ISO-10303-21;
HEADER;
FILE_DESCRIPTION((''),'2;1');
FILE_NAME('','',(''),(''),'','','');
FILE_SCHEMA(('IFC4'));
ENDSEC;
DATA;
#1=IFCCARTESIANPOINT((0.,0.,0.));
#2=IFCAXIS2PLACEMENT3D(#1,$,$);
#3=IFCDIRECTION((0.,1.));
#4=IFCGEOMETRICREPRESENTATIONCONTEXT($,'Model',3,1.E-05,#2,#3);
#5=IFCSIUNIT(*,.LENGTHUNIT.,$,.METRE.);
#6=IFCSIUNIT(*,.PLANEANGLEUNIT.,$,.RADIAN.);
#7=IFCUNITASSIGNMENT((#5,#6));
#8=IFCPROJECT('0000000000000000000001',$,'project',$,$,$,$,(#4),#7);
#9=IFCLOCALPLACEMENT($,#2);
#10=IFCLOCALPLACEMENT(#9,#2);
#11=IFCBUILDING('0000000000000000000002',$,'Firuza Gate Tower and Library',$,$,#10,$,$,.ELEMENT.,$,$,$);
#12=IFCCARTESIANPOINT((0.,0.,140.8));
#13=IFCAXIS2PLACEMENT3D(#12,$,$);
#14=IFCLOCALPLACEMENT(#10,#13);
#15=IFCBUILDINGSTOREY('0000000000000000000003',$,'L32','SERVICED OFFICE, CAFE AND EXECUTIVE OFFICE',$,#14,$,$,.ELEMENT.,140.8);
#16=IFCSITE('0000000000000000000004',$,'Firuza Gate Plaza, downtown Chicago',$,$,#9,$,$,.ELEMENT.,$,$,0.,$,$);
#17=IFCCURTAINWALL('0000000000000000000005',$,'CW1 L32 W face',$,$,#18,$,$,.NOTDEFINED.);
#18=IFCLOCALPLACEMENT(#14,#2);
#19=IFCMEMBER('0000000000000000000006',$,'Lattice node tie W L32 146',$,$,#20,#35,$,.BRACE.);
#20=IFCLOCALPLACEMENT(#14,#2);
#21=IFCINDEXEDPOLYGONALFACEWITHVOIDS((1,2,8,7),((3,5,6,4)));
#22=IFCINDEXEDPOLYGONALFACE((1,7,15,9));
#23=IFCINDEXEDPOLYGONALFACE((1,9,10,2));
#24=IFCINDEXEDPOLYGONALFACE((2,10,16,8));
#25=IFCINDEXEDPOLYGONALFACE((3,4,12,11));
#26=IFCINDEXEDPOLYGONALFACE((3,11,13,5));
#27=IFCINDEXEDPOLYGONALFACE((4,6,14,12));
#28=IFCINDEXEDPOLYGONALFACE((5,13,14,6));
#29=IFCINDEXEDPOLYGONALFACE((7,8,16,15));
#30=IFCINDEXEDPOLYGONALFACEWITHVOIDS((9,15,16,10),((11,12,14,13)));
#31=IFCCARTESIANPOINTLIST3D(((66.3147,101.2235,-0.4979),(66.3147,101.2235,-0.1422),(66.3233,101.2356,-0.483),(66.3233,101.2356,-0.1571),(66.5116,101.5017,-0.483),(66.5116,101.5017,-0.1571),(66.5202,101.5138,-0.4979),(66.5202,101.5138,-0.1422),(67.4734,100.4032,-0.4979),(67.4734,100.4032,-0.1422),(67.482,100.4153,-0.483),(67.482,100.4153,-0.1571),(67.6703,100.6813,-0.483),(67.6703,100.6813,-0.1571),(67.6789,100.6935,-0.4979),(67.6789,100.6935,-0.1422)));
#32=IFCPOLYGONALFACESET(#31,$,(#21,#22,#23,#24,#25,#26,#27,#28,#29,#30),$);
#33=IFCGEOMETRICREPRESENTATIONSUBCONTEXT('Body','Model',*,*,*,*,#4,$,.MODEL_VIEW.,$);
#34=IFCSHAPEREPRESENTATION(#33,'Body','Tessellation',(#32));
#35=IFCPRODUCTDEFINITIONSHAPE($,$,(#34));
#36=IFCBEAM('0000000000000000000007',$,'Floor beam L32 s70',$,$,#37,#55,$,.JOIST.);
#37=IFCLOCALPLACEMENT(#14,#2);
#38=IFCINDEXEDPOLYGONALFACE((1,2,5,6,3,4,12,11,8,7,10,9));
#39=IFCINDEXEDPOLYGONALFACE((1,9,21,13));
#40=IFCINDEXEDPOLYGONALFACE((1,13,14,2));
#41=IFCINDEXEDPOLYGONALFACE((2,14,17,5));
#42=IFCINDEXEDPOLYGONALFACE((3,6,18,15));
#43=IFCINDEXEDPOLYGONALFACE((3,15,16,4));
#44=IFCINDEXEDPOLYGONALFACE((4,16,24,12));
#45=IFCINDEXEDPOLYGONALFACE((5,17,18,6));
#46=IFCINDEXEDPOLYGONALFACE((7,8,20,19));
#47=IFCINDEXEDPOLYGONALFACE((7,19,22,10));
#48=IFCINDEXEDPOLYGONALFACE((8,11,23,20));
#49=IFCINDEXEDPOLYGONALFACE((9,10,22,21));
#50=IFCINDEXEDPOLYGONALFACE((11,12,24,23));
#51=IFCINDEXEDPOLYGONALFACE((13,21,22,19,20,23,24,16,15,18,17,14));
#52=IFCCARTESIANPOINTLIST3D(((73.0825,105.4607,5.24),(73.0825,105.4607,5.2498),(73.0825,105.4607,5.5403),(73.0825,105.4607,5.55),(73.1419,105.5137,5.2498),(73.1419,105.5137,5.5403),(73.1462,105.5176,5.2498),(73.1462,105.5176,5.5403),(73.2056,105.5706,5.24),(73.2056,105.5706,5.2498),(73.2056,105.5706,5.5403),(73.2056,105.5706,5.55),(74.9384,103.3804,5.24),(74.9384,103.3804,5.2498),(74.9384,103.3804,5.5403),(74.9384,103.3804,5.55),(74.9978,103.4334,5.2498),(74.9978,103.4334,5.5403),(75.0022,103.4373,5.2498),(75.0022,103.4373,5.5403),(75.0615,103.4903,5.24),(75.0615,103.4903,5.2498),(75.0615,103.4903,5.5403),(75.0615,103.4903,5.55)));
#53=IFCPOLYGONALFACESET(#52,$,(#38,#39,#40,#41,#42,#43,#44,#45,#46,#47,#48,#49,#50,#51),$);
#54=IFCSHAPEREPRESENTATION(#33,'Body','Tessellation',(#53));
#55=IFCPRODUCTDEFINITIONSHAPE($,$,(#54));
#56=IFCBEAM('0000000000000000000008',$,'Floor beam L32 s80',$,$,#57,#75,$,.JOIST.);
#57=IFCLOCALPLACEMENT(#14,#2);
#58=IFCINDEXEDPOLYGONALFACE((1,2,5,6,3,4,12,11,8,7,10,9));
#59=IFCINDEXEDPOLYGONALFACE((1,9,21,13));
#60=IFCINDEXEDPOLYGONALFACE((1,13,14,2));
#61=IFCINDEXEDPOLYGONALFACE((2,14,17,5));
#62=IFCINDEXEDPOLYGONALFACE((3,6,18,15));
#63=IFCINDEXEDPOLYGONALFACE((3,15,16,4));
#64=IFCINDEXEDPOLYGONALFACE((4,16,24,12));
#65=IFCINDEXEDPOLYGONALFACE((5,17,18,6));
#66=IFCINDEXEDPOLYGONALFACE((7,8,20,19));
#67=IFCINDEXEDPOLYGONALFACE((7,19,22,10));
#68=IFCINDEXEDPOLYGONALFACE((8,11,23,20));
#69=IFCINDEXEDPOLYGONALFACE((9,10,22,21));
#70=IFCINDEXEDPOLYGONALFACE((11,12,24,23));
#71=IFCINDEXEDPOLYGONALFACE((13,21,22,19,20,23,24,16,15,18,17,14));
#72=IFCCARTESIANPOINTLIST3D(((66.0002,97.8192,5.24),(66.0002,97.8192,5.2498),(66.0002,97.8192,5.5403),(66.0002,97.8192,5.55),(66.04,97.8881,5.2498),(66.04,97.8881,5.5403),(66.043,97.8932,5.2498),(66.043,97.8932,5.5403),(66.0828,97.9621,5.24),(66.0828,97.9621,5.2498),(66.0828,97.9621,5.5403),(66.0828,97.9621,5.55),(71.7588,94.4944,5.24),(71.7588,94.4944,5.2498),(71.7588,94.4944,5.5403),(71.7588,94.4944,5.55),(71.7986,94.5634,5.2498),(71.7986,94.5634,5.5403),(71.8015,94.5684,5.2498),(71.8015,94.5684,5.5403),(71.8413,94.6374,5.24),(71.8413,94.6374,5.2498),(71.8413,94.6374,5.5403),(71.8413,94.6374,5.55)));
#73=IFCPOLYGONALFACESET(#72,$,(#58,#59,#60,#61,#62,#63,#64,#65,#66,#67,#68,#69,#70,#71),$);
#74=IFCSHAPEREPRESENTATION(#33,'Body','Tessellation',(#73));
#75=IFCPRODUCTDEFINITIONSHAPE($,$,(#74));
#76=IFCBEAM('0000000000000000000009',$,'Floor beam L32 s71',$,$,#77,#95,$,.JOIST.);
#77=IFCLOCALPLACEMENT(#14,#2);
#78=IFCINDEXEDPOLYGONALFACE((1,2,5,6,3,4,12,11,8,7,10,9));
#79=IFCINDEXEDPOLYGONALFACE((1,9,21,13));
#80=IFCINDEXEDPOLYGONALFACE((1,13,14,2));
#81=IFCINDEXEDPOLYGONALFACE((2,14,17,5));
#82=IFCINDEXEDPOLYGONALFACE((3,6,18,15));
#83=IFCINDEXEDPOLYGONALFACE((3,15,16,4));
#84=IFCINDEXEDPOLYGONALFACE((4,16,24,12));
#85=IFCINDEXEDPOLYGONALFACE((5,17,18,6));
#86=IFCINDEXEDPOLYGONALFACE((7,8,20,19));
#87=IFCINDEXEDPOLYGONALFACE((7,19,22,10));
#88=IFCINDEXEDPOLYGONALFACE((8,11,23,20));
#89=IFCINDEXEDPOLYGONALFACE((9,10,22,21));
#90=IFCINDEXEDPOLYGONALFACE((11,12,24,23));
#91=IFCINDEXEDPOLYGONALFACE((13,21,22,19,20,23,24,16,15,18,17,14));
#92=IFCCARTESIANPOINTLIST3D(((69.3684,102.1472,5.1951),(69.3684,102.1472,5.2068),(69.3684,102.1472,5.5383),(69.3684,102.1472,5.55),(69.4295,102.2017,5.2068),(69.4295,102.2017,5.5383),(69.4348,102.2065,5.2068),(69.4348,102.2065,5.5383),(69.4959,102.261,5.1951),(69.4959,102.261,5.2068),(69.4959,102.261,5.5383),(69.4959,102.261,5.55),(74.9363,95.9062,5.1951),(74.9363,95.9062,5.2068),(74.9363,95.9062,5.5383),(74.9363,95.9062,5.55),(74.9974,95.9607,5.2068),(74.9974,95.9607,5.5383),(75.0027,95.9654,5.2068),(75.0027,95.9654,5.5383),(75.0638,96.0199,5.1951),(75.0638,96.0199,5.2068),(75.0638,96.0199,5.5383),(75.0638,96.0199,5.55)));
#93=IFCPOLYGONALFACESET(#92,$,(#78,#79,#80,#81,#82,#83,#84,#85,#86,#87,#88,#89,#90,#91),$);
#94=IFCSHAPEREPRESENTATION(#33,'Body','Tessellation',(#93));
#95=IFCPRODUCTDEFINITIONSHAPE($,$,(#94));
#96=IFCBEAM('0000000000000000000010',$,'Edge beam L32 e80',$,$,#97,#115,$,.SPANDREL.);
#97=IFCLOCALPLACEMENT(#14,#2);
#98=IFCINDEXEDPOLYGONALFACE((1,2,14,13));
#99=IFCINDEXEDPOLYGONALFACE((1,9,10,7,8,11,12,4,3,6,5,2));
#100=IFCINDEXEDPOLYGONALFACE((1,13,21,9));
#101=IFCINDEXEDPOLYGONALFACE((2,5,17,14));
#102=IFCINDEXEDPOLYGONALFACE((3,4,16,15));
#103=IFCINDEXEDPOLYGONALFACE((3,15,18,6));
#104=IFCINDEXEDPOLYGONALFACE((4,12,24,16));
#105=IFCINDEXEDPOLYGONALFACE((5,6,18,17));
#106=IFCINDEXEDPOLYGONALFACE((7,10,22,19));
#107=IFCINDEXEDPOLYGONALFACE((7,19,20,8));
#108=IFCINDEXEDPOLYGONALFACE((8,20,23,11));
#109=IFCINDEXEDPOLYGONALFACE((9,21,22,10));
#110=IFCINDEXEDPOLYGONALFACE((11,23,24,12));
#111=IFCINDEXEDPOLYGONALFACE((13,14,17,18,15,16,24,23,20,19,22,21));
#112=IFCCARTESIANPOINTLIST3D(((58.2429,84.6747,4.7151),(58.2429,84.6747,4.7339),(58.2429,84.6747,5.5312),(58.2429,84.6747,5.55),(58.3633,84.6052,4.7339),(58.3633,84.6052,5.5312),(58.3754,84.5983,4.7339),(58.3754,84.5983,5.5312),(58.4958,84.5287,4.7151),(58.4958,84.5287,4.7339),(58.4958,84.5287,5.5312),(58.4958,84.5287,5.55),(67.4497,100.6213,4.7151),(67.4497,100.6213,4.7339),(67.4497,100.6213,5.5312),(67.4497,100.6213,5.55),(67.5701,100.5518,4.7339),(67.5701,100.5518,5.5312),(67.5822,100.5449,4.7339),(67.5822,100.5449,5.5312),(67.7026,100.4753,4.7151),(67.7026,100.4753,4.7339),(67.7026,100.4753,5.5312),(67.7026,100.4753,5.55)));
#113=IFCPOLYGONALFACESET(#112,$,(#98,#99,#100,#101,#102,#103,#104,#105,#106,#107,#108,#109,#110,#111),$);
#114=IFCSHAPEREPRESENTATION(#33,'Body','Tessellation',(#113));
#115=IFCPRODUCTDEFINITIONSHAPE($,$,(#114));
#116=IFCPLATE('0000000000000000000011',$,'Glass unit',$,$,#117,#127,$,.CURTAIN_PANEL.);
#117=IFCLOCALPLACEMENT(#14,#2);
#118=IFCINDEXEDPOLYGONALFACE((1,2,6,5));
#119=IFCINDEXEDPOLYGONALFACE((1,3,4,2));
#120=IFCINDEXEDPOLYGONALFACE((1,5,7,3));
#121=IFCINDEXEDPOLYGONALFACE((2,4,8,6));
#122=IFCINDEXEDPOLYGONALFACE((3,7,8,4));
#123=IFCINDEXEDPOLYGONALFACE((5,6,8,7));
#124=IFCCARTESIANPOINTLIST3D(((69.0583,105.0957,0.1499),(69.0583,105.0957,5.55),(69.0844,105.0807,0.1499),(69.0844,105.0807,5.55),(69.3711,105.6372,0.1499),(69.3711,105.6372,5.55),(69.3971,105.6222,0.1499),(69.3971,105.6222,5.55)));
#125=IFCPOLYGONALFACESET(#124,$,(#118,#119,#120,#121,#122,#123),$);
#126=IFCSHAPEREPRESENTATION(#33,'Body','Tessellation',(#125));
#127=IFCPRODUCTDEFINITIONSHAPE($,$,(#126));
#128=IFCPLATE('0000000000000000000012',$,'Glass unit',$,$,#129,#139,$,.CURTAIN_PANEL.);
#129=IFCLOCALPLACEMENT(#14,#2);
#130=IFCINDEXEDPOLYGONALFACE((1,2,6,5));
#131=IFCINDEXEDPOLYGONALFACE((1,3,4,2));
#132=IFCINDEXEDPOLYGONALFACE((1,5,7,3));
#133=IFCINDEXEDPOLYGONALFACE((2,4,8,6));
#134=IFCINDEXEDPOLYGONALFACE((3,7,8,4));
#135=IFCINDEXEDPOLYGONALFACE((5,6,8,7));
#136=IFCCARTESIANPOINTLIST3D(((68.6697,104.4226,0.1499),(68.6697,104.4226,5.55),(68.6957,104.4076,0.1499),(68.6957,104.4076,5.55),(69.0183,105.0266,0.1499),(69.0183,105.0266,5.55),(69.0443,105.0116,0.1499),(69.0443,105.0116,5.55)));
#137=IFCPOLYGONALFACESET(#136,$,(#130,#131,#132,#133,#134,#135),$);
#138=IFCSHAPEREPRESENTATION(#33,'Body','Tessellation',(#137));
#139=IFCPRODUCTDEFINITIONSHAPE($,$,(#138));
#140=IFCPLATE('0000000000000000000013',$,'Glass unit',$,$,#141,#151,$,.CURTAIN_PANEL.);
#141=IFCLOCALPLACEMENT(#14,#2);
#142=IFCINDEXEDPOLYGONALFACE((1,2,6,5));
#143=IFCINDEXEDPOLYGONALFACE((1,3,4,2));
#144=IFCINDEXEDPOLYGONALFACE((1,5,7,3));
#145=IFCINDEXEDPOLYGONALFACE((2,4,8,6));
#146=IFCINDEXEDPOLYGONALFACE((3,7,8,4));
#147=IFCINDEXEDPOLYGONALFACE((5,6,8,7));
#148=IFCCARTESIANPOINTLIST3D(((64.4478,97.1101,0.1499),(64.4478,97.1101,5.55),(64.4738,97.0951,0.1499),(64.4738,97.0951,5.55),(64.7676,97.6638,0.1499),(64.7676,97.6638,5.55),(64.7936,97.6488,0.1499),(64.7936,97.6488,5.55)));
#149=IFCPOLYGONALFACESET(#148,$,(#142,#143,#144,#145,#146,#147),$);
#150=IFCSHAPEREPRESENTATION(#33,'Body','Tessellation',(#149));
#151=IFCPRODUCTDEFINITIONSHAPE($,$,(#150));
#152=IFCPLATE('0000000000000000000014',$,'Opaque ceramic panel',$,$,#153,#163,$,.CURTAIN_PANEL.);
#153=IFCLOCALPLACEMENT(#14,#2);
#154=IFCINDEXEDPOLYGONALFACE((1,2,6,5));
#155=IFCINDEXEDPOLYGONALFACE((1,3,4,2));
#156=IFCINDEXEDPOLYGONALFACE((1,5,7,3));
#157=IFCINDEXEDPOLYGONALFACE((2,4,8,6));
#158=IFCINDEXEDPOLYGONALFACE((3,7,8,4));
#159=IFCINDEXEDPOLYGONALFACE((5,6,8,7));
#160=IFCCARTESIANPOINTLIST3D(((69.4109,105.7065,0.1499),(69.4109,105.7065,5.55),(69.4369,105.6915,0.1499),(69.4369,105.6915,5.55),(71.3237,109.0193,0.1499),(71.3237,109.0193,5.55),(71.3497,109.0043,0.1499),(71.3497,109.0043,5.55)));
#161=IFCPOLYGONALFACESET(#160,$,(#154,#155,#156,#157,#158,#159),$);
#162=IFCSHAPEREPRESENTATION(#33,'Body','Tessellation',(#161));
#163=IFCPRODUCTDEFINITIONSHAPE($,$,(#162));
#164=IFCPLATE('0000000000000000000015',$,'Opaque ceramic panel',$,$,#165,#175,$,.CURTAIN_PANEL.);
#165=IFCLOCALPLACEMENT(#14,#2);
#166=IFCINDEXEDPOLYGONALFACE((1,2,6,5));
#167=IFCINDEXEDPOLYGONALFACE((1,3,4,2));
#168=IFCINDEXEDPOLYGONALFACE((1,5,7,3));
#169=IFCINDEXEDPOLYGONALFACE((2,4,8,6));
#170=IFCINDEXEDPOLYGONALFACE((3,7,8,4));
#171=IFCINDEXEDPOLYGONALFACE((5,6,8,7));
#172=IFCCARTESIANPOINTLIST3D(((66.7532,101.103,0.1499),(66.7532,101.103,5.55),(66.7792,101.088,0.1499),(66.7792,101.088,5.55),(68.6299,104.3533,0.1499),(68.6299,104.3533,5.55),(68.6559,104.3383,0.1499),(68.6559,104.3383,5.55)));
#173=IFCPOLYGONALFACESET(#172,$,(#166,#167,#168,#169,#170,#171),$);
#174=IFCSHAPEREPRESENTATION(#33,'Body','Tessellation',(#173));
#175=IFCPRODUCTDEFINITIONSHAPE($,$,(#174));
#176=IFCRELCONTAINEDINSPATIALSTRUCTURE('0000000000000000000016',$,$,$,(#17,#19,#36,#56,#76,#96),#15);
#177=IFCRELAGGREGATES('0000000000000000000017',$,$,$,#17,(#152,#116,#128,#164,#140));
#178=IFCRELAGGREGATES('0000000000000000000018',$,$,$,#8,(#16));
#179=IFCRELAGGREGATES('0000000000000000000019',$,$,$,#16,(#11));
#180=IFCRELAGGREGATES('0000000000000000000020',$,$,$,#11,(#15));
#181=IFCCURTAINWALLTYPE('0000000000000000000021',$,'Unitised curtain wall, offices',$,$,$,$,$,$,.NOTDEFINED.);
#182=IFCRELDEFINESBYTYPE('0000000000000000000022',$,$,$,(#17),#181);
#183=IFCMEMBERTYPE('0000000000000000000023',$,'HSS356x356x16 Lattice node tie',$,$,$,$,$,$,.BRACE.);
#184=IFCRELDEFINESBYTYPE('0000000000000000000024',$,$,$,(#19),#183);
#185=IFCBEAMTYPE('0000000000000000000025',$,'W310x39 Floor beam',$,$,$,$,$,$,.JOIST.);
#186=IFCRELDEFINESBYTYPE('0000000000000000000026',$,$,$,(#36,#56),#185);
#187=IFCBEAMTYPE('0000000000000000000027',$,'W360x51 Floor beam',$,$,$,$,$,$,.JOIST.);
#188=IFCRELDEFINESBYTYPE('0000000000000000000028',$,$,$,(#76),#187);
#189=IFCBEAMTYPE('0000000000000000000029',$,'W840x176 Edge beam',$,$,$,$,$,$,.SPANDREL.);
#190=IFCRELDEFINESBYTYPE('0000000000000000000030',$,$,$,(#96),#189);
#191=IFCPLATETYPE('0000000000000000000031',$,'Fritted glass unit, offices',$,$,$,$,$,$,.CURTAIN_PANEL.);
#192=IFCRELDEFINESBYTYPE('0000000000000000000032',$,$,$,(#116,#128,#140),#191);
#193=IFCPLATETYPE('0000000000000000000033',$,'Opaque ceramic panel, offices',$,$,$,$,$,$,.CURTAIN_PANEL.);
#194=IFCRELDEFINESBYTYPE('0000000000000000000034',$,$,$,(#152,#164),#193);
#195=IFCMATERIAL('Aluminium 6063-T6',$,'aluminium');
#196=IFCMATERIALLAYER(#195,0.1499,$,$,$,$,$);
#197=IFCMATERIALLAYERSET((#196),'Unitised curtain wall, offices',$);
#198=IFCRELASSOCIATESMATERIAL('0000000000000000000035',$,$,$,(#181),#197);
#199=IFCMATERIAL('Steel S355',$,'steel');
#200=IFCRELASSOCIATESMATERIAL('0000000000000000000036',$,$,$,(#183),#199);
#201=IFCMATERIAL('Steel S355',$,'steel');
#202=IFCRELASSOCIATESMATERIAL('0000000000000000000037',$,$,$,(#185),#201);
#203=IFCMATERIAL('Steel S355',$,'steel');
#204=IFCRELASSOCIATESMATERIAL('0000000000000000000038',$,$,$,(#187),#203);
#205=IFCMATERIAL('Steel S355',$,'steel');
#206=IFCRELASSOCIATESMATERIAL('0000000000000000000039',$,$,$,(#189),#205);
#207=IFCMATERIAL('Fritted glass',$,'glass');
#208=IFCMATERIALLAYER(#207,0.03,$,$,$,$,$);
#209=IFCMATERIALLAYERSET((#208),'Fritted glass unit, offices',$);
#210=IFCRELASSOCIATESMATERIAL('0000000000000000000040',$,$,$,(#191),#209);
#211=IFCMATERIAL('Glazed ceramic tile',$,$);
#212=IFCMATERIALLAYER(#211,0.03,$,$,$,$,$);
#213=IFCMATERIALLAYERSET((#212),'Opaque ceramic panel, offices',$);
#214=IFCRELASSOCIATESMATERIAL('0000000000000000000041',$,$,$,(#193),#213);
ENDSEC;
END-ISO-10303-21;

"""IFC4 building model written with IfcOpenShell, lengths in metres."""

from ifc_helpers import new_model, si_unit, direction, frame, origin, origin_2d, place, context, subcontext, project, spatial, polyline, hollow_rectangle, i_section, outline, extrude, material, layer, layer_set, material_profile, profile_set, type_object, element, aggregate, save


model = new_model("IFC4")

# Units and contexts
model_context = context("Model", 3, precision=1e-05, world=origin(), true_north=direction((0.0, 1.0)))
body_context = subcontext(model_context, "Body", "Model", "MODEL_VIEW")
ifc_project = project(units=[si_unit("LENGTHUNIT", "METRE"), si_unit("PLANEANGLEUNIT", "RADIAN")], contexts=[model_context])

# Site, building, storey
site_placement = place(None, origin())
site = spatial("IfcSite", under=ifc_project, at=site_placement, Name="Firuza Gate Plaza, downtown Chicago", CompositionType="ELEMENT", RefElevation=0.0)
building_placement = place(site_placement, origin())
building = spatial("IfcBuilding", under=site, at=building_placement, Name="Firuza Gate Tower and Library", CompositionType="ELEMENT")
storey_placement = place(building_placement, frame((0.0, 0.0, 140.8)))
storey = spatial("IfcBuildingStorey", under=building, at=storey_placement, Name="L32", Description="SERVICED OFFICE, CAFE AND EXECUTIVE OFFICE", CompositionType="ELEMENT", Elevation=140.8)

# Curtain wall
ifc_material_1 = material(Name="Aluminium 6063-T6", Category="aluminium")
ifc_layer_1 = layer(ifc_material_1, 0.1499)
ifc_layer_set_1 = layer_set([ifc_layer_1], Name="Unitised curtain wall, offices")
curtain_wall_type = type_object("IfcCurtainWallType", Name="Unitised curtain wall, offices", PredefinedType="NOTDEFINED", material=ifc_layer_set_1)
curtain_wall_placement = place(storey_placement, origin())
curtain_wall = element("IfcCurtainWall", 1, at=curtain_wall_placement, inside=storey, type_object=curtain_wall_type, Name="CW1 L32 W face", PredefinedType="NOTDEFINED")

# Member
ifc_material_2 = material(Name="Steel S355", Category="steel")
ifc_material_profile_1 = material_profile(ifc_material_2, hollow_rectangle(XDim=0.3557, YDim=0.3557, WallThickness=0.0149, at=origin_2d()))
ifc_profile_set_1 = profile_set([ifc_material_profile_1], Name="Steel S355")
member_type_1 = type_object("IfcMemberType", Name="HSS356x356x16 Lattice node tie", PredefinedType="BRACE", material=ifc_profile_set_1)
member_1_placement = place(storey_placement, frame((67.5762, 100.5483, -0.3201), z_axis=(-0.816166, 0.577817, 0.0), x_axis=(-0.577817, -0.816166, 0.0)))
element("IfcMember", 2, at=member_1_placement, inside=storey, type_object=member_type_1, Name="Lattice node tie W L32 146", PredefinedType="BRACE", context=body_context, shape_type="SweptSolid", body=[
    extrude(hollow_rectangle(XDim=0.3557, YDim=0.3557, WallThickness=0.0149, at=origin_2d()), origin(), (0.0, 0.0, 1.0), 1.4197),
])

# Beams
ifc_material_3 = material(Name="Steel S355", Category="steel")
ifc_material_profile_2 = material_profile(ifc_material_3, i_section(OverallWidth=0.165, OverallDepth=0.3101, WebThickness=0.0059, FlangeThickness=0.0098, at=origin_2d()))
ifc_profile_set_2 = profile_set([ifc_material_profile_2], Name="Steel S355")
beam_type_1 = type_object("IfcBeamType", Name="W310x39 Floor beam", PredefinedType="JOIST", material=ifc_profile_set_2)
beam_1_placement = place(storey_placement, frame((73.144, 105.5156, 5.395), z_axis=(0.665722, -0.7462, 0.0), x_axis=(0.7462, 0.665722, 0.0)))
element("IfcBeam", 3, at=beam_1_placement, inside=storey, type_object=beam_type_1, Name="Floor beam L32 s70", PredefinedType="JOIST", context=body_context, shape_type="SweptSolid", body=[
    extrude(i_section(OverallWidth=0.165, OverallDepth=0.3101, WebThickness=0.0059, FlangeThickness=0.0098, at=origin_2d()), origin(), (0.0, 0.0, 1.0), 2.7878),
])
beam_2_placement = place(storey_placement, frame((66.0415, 97.8906, 5.395), z_axis=(0.866025, -0.500001, 0.0), x_axis=(0.500001, 0.866025, 0.0)))
element("IfcBeam", 4, at=beam_2_placement, inside=storey, type_object=beam_type_1, Name="Floor beam L32 s80", PredefinedType="JOIST", context=body_context, shape_type="SweptSolid", body=[
    extrude(i_section(OverallWidth=0.165, OverallDepth=0.3101, WebThickness=0.0059, FlangeThickness=0.0098, at=origin_2d()), origin(), (0.0, 0.0, 1.0), 6.6494),
])
ifc_material_4 = material(Name="Steel S355", Category="steel")
ifc_material_profile_3 = material_profile(ifc_material_4, i_section(OverallWidth=0.1709, OverallDepth=0.355, WebThickness=0.0071, FlangeThickness=0.0117, at=origin_2d()))
ifc_profile_set_3 = profile_set([ifc_material_profile_3], Name="Steel S355")
beam_type_2 = type_object("IfcBeamType", Name="W360x51 Floor beam", PredefinedType="JOIST", material=ifc_profile_set_3)
beam_3_placement = place(storey_placement, frame((69.4321, 102.2041, 5.3726), z_axis=(0.665722, -0.7462, 0.0), x_axis=(0.7462, 0.665722, 0.0)))
element("IfcBeam", 5, at=beam_3_placement, inside=storey, type_object=beam_type_2, Name="Floor beam L32 s71", PredefinedType="JOIST", context=body_context, shape_type="SweptSolid", body=[
    extrude(i_section(OverallWidth=0.1709, OverallDepth=0.355, WebThickness=0.0071, FlangeThickness=0.0117, at=origin_2d()), origin(), (0.0, 0.0, 1.0), 8.3638),
])
ifc_material_5 = material(Name="Steel S355", Category="steel")
ifc_material_profile_4 = material_profile(ifc_material_5, i_section(OverallWidth=0.292, OverallDepth=0.835, WebThickness=0.0139, FlangeThickness=0.0188, at=origin_2d()))
ifc_profile_set_4 = profile_set([ifc_material_profile_4], Name="Steel S355")
beam_type_3 = type_object("IfcBeamType", Name="W840x176 Edge beam", PredefinedType="SPANDREL", material=ifc_profile_set_4)
beam_4_placement = place(storey_placement, frame((67.5762, 100.5483, 5.1326), z_axis=(-0.500002, -0.866024, 0.0), x_axis=(0.866024, -0.500002, 0.0)))
element("IfcBeam", 6, at=beam_4_placement, inside=storey, type_object=beam_type_3, Name="Edge beam L32 e80", PredefinedType="SPANDREL", context=body_context, shape_type="SweptSolid", body=[
    extrude(i_section(OverallWidth=0.292, OverallDepth=0.835, WebThickness=0.0139, FlangeThickness=0.0188, at=origin_2d()), origin(), (0.0, 0.0, 1.0), 18.4136),
])

# Plates
ifc_material_6 = material(Name="Fritted glass", Category="glass")
ifc_layer_2 = layer(ifc_material_6, 0.03)
ifc_layer_set_2 = layer_set([ifc_layer_2], Name="Fritted glass unit, offices")
plate_type_1 = type_object("IfcPlateType", Name="Fritted glass unit, offices", PredefinedType="CURTAIN_PANEL", material=ifc_layer_set_2)
plate_1_placement = place(storey_placement, frame((69.3711, 105.6372, 0.1499), z_axis=(-0.865951, 0.500128, 0.0), x_axis=(-0.500128, -0.865951, 0.0)))
plate_1 = element("IfcPlate", 7, at=plate_1_placement, type_object=plate_type_1, Name="Glass unit", PredefinedType="CURTAIN_PANEL", context=body_context, shape_type="SweptSolid", body=[
    extrude(outline(polyline([(0.0, 0.0), (0.6253, 0.0), (0.6253, 5.4001), (0.0, 5.4001), (0.0, 0.0)])), origin(), (0.0, 0.0, -1.0), 0.03),
])
plate_2_placement = place(storey_placement, frame((69.0183, 105.0266, 0.1499), z_axis=(-0.866081, 0.499904, 0.0), x_axis=(-0.499904, -0.866081, 0.0)))
plate_2 = element("IfcPlate", 8, at=plate_2_placement, type_object=plate_type_1, Name="Glass unit", PredefinedType="CURTAIN_PANEL", context=body_context, shape_type="SweptSolid", body=[
    extrude(outline(polyline([(0.0, 0.0), (0.6974, 0.0), (0.6974, 5.4001), (0.0, 5.4001), (0.0, 0.0)])), origin(), (0.0, 0.0, -1.0), 0.03),
])
plate_3_placement = place(storey_placement, frame((64.7676, 97.6638, 0.1499), z_axis=(-0.865931, 0.500163, 0.0), x_axis=(-0.500163, -0.865931, 0.0)))
plate_3 = element("IfcPlate", 9, at=plate_3_placement, type_object=plate_type_1, Name="Glass unit", PredefinedType="CURTAIN_PANEL", context=body_context, shape_type="SweptSolid", body=[
    extrude(outline(polyline([(0.0, 0.0), (0.6394, 0.0), (0.6394, 5.4001), (0.0, 5.4001), (0.0, 0.0)])), origin(), (0.0, 0.0, -1.0), 0.03),
])
ifc_material_7 = material(Name="Glazed ceramic tile")
ifc_layer_3 = layer(ifc_material_7, 0.03)
ifc_layer_set_3 = layer_set([ifc_layer_3], Name="Opaque ceramic panel, offices")
plate_type_2 = type_object("IfcPlateType", Name="Opaque ceramic panel, offices", PredefinedType="CURTAIN_PANEL", material=ifc_layer_set_3)
plate_4_placement = place(storey_placement, frame((71.3237, 109.0193, 0.1499), z_axis=(-0.866, 0.500045, 0.0), x_axis=(-0.500045, -0.866, 0.0)))
plate_4 = element("IfcPlate", 10, at=plate_4_placement, type_object=plate_type_2, Name="Opaque ceramic panel", PredefinedType="CURTAIN_PANEL", context=body_context, shape_type="SweptSolid", body=[
    extrude(outline(polyline([(0.0, 0.0), (3.8253, 0.0), (3.8253, 5.4001), (0.0, 5.4001), (0.0, 0.0)])), origin(), (0.0, 0.0, -1.0), 0.03),
])
plate_5_placement = place(storey_placement, frame((68.6299, 104.3533, 0.1499), z_axis=(-0.866005, 0.500036, 0.0), x_axis=(-0.500036, -0.866005, 0.0)))
plate_5 = element("IfcPlate", 11, at=plate_5_placement, type_object=plate_type_2, Name="Opaque ceramic panel", PredefinedType="CURTAIN_PANEL", context=body_context, shape_type="SweptSolid", body=[
    extrude(outline(polyline([(0.0, 0.0), (3.7531, 0.0), (3.7531, 5.4001), (0.0, 5.4001), (0.0, 0.0)])), origin(), (0.0, 0.0, -1.0), 0.03),
])
aggregate(curtain_wall, [plate_4, plate_1, plate_2, plate_5, plate_3])

save(model, "model.ifc")
